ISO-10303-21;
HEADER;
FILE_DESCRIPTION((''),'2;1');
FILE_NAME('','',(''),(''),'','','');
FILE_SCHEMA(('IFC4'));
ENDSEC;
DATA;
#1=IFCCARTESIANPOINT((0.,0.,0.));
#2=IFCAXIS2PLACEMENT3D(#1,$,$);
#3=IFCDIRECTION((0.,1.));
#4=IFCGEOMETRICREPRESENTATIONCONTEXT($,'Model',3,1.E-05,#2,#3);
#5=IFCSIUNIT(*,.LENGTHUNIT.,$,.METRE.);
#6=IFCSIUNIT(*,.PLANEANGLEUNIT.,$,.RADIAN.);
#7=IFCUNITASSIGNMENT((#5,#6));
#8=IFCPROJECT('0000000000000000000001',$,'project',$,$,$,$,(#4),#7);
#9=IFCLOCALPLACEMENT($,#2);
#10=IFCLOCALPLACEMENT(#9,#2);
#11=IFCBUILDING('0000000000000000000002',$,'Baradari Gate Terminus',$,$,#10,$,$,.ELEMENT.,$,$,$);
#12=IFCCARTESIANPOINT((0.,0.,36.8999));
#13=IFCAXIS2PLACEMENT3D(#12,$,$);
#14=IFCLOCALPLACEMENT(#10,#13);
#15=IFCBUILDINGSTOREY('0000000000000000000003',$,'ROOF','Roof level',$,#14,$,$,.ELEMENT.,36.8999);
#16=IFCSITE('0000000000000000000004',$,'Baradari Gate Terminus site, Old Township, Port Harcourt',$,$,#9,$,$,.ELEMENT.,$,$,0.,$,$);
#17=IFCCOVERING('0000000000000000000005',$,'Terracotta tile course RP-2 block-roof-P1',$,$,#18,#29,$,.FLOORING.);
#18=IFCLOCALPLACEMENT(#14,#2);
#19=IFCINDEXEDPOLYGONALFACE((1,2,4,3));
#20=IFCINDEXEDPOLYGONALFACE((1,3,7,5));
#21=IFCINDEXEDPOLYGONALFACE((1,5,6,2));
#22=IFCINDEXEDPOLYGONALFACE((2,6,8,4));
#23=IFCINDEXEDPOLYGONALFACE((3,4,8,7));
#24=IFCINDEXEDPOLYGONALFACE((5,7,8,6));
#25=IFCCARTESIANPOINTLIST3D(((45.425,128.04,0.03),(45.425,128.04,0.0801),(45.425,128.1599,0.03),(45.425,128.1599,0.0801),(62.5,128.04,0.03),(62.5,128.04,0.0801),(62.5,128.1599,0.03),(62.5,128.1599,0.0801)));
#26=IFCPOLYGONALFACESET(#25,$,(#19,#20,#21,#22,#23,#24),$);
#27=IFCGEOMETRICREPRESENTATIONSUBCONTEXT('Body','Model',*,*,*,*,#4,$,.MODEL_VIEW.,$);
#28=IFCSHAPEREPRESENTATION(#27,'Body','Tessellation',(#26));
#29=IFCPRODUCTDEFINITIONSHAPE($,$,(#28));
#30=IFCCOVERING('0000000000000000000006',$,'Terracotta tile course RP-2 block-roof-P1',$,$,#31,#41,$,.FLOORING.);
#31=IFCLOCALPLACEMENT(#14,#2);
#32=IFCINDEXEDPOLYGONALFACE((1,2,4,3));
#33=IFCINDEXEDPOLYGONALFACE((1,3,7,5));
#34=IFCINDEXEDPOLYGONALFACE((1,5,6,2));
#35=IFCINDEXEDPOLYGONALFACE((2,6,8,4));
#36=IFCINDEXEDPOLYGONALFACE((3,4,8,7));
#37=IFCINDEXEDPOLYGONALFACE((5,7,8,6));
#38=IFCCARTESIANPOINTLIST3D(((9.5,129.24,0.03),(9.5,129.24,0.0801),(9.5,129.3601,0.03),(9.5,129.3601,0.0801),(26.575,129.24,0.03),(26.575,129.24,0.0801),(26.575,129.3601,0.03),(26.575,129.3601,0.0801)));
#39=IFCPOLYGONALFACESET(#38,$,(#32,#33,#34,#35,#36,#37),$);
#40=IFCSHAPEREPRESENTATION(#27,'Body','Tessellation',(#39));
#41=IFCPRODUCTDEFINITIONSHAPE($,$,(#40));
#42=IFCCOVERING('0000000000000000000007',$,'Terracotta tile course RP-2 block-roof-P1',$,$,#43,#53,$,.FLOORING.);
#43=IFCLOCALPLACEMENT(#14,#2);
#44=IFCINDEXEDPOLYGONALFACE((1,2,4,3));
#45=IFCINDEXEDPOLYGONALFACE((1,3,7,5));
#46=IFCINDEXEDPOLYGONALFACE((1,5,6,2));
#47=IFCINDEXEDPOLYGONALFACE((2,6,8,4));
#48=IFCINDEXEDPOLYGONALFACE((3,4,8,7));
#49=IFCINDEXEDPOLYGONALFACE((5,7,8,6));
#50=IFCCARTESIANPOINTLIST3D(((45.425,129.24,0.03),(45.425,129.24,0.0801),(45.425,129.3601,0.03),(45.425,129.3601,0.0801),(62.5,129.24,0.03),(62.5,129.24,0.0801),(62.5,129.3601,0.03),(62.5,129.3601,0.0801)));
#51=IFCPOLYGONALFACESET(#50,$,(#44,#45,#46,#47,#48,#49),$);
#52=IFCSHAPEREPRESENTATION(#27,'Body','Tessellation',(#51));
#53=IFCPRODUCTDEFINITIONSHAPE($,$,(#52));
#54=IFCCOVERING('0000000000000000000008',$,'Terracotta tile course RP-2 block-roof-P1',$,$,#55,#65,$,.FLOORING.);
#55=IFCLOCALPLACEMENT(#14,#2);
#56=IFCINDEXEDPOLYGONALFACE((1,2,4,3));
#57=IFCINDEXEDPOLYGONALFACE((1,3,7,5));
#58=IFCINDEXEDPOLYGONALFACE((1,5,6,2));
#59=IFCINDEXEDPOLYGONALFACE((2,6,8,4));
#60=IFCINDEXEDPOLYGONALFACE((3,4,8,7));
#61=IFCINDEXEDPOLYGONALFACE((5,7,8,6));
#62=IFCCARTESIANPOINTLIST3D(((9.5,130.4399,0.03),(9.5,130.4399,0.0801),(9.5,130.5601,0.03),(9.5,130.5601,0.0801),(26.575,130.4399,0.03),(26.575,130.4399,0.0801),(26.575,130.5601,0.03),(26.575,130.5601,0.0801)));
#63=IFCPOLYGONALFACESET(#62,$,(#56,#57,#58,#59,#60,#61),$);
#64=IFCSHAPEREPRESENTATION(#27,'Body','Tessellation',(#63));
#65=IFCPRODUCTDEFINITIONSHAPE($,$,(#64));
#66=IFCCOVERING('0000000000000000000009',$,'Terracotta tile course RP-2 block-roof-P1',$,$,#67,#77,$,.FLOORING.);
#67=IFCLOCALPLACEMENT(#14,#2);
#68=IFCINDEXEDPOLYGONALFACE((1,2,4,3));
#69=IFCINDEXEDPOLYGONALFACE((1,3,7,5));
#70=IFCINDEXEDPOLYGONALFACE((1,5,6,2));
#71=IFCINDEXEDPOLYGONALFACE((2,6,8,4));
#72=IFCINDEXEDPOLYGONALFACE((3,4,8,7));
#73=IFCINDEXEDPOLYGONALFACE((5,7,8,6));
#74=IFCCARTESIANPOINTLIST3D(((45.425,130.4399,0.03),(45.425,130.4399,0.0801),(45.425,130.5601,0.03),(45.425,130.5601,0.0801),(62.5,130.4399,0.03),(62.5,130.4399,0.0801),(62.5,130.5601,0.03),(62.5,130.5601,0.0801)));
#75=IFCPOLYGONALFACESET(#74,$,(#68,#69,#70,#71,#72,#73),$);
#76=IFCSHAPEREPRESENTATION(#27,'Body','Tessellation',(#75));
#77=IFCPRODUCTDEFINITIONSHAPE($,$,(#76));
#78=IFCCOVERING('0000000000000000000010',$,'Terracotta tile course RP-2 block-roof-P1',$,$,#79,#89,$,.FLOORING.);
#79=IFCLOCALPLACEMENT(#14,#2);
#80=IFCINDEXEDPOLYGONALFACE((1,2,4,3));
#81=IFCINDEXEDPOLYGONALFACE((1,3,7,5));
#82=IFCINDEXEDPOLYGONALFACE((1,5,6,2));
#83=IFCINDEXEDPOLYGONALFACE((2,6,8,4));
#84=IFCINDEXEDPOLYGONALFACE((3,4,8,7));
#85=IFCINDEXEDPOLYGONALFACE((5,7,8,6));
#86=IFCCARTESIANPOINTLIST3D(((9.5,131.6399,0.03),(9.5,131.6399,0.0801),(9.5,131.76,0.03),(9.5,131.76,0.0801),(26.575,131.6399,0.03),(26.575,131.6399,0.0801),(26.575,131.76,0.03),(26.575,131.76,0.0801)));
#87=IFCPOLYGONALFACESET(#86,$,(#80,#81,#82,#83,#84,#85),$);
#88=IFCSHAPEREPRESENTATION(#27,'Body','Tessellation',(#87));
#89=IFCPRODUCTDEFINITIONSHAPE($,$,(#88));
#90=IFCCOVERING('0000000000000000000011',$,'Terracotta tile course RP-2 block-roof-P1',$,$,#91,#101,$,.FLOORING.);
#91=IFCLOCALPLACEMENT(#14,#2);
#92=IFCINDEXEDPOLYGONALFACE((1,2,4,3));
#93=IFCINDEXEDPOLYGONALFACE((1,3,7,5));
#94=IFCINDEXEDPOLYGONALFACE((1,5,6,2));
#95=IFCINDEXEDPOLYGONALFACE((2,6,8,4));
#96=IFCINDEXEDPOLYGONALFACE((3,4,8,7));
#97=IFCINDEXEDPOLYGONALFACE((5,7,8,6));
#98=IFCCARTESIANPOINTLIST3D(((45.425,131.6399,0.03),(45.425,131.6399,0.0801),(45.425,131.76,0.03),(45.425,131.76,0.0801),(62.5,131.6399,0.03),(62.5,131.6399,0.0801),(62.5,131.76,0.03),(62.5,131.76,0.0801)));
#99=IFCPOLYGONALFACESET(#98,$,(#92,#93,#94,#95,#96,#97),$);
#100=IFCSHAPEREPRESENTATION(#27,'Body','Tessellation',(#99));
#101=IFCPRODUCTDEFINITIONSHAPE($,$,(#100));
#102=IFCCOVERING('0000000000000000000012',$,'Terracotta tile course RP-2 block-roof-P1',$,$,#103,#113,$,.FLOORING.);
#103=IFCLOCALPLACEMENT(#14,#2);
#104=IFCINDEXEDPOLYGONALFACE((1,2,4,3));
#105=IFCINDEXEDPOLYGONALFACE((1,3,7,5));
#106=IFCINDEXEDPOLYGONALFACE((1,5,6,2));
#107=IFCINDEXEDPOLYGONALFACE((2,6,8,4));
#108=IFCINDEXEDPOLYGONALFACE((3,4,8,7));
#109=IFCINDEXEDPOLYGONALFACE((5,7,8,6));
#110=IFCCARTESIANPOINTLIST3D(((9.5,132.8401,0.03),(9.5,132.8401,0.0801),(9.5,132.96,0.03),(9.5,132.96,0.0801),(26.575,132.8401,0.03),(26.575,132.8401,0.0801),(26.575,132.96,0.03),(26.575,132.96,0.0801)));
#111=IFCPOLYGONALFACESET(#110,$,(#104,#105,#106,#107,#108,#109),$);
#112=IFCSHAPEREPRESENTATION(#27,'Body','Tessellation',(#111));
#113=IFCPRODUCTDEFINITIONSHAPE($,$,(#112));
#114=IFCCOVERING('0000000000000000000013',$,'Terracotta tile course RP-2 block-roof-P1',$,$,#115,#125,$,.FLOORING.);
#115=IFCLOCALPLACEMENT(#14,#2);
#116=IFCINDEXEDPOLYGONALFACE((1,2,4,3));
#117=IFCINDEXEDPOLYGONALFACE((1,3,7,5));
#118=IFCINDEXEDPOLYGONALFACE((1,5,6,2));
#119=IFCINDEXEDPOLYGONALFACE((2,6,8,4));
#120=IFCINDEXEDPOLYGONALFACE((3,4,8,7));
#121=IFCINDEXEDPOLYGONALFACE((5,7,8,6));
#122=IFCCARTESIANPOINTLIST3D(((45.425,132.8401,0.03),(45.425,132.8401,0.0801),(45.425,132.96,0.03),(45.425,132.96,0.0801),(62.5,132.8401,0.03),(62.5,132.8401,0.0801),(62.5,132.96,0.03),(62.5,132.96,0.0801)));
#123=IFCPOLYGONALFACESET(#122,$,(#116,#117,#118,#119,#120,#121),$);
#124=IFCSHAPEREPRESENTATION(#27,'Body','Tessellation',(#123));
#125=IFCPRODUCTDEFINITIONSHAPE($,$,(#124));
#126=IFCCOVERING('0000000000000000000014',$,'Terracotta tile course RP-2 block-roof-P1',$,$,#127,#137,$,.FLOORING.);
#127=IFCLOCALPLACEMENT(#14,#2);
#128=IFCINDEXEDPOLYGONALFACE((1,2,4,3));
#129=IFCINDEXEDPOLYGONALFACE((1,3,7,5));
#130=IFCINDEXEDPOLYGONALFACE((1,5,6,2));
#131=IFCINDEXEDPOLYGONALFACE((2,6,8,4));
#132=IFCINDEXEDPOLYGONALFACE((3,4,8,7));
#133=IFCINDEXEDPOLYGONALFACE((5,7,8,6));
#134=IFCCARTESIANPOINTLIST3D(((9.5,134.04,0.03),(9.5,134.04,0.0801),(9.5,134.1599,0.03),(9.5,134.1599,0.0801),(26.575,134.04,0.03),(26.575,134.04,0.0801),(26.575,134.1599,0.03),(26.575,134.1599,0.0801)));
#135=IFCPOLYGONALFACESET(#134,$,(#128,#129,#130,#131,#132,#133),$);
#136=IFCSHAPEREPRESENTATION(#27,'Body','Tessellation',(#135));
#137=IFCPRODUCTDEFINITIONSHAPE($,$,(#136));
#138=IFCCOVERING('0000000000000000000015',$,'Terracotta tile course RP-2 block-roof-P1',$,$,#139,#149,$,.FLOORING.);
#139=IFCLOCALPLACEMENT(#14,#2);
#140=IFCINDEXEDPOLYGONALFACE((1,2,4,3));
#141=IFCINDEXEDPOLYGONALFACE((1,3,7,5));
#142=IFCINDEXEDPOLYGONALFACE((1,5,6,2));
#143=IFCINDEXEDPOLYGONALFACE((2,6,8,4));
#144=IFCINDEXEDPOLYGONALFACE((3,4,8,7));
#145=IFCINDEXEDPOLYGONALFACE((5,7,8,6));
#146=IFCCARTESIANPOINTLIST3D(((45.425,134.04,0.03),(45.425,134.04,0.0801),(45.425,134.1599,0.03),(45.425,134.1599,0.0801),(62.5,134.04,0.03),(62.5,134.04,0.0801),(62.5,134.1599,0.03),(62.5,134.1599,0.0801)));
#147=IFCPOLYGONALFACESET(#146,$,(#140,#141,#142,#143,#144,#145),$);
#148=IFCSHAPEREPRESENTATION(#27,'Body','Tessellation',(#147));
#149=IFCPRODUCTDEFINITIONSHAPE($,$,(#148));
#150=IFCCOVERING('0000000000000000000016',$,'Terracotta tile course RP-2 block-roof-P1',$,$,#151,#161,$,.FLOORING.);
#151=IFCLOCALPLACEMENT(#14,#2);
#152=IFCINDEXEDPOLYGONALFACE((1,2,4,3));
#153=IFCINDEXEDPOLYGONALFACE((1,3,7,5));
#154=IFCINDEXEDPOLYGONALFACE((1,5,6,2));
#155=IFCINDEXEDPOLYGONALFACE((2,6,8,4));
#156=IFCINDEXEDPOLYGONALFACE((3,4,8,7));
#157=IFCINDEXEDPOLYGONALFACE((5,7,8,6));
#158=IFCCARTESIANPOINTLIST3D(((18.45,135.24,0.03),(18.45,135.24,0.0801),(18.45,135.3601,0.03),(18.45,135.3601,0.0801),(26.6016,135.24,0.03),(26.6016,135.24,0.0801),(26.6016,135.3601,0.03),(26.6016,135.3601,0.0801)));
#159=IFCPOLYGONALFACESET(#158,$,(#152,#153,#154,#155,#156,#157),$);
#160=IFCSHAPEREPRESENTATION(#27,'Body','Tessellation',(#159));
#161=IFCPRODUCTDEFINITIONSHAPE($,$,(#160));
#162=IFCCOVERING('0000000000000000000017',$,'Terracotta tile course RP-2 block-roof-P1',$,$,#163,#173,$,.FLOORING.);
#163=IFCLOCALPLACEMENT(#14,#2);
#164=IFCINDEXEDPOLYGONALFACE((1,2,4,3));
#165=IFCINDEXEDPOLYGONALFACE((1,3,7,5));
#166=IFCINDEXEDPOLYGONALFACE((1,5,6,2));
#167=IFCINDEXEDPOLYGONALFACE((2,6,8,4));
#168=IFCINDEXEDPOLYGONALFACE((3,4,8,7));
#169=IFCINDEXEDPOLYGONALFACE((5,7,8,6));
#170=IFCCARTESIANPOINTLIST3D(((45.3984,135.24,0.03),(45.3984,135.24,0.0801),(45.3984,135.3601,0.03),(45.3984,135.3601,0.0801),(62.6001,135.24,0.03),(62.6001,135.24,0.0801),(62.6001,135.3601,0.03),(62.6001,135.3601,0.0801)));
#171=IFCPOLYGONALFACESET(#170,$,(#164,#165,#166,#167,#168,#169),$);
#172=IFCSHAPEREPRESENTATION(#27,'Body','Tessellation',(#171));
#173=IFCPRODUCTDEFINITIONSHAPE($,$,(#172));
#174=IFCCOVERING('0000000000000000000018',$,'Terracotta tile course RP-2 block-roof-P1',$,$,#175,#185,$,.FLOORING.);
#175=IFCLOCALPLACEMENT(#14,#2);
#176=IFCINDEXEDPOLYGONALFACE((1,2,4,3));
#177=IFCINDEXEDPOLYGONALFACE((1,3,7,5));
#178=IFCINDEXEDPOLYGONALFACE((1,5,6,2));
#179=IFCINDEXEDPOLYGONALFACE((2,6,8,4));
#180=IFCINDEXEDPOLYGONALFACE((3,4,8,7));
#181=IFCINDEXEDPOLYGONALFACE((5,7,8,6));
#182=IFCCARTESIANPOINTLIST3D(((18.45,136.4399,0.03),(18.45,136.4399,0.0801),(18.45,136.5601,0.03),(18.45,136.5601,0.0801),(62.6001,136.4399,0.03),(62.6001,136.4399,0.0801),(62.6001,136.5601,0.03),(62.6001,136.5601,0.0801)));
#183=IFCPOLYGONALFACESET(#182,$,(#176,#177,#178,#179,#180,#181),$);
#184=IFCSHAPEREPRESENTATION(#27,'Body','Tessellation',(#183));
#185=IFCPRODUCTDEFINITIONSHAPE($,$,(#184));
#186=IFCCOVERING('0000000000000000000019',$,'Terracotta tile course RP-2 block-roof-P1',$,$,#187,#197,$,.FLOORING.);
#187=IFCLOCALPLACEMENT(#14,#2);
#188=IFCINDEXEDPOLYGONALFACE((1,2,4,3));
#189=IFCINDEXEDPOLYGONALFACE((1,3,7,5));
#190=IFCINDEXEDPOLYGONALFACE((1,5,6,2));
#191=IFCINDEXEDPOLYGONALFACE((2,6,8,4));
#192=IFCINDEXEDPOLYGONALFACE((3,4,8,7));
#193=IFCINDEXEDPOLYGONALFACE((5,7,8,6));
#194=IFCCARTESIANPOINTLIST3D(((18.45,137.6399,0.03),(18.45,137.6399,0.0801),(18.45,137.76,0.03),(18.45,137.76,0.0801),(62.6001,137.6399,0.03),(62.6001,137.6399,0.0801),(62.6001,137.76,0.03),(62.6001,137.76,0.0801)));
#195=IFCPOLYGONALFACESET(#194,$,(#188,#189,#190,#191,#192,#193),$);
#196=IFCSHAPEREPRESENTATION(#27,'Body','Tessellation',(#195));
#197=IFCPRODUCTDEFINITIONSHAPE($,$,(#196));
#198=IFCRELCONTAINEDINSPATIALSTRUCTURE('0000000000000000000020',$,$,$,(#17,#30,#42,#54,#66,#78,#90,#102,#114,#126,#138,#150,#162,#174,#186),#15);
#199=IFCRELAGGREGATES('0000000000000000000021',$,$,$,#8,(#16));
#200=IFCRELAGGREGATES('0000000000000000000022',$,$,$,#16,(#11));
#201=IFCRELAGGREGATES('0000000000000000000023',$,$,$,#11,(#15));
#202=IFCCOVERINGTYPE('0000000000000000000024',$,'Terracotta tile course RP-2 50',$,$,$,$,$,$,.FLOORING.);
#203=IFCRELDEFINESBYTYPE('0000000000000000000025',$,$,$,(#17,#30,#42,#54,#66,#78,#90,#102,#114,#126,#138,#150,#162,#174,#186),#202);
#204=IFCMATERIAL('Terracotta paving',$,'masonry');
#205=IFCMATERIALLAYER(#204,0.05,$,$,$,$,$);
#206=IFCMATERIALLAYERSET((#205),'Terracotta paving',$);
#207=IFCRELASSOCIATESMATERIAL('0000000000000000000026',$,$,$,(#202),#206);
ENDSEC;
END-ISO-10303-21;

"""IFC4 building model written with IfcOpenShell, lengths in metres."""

from ifc_helpers import new_model, si_unit, direction, frame, origin, place, context, subcontext, project, spatial, polyline, outline, extrude, material, layer, layer_set, type_object, element, save


model = new_model("IFC4")

# Units and contexts
model_context = context("Model", 3, precision=1e-05, world=origin(), true_north=direction((0.0, 1.0)))
body_context = subcontext(model_context, "Body", "Model", "MODEL_VIEW")
ifc_project = project(units=[si_unit("LENGTHUNIT", "METRE"), si_unit("PLANEANGLEUNIT", "RADIAN")], contexts=[model_context])

# Site, building, storey
site_placement = place(None, origin())
site = spatial("IfcSite", under=ifc_project, at=site_placement, Name="Baradari Gate Terminus site, Old Township, Port Harcourt", CompositionType="ELEMENT", RefElevation=0.0)
building_placement = place(site_placement, origin())
building = spatial("IfcBuilding", under=site, at=building_placement, Name="Baradari Gate Terminus", CompositionType="ELEMENT")
storey_placement = place(building_placement, frame((0.0, 0.0, 36.8999)))
storey = spatial("IfcBuildingStorey", under=building, at=storey_placement, Name="ROOF", Description="Roof level", CompositionType="ELEMENT", Elevation=36.8999)

# Coverings
ifc_material_1 = material(Name="Terracotta paving", Category="masonry")
ifc_layer_1 = layer(ifc_material_1, 0.05)
ifc_layer_set_1 = layer_set([ifc_layer_1], Name="Terracotta paving")
covering_type_1 = type_object("IfcCoveringType", Name="Terracotta tile course RP-2 50", PredefinedType="FLOORING", material=ifc_layer_set_1)
covering_1_placement = place(storey_placement, frame((0.0, 0.0, 0.03)))
element("IfcCovering", 1, at=covering_1_placement, inside=storey, type_object=covering_type_1, Name="Terracotta tile course RP-2 block-roof-P1", PredefinedType="FLOORING", context=body_context, shape_type="SweptSolid", body=[
    extrude(outline(polyline([(62.5, 128.04), (62.5, 128.1599), (45.425, 128.1599), (45.425, 128.04), (62.5, 128.04)])), origin(), (0.0, 0.0, 1.0), 0.05),
])
covering_2_placement = place(storey_placement, frame((0.0, 0.0, 0.03)))
element("IfcCovering", 2, at=covering_2_placement, inside=storey, type_object=covering_type_1, Name="Terracotta tile course RP-2 block-roof-P1", PredefinedType="FLOORING", context=body_context, shape_type="SweptSolid", body=[
    extrude(outline(polyline([(26.575, 129.24), (26.575, 129.3601), (9.5, 129.3601), (9.5, 129.24), (26.575, 129.24)])), origin(), (0.0, 0.0, 1.0), 0.05),
])
covering_3_placement = place(storey_placement, frame((0.0, 0.0, 0.03)))
element("IfcCovering", 3, at=covering_3_placement, inside=storey, type_object=covering_type_1, Name="Terracotta tile course RP-2 block-roof-P1", PredefinedType="FLOORING", context=body_context, shape_type="SweptSolid", body=[
    extrude(outline(polyline([(62.5, 129.24), (62.5, 129.3601), (45.425, 129.3601), (45.425, 129.24), (62.5, 129.24)])), origin(), (0.0, 0.0, 1.0), 0.05),
])
covering_4_placement = place(storey_placement, frame((0.0, 0.0, 0.03)))
element("IfcCovering", 4, at=covering_4_placement, inside=storey, type_object=covering_type_1, Name="Terracotta tile course RP-2 block-roof-P1", PredefinedType="FLOORING", context=body_context, shape_type="SweptSolid", body=[
    extrude(outline(polyline([(26.575, 130.4399), (26.575, 130.5601), (9.5, 130.5601), (9.5, 130.4399), (26.575, 130.4399)])), origin(), (0.0, 0.0, 1.0), 0.05),
])
covering_5_placement = place(storey_placement, frame((0.0, 0.0, 0.03)))
element("IfcCovering", 5, at=covering_5_placement, inside=storey, type_object=covering_type_1, Name="Terracotta tile course RP-2 block-roof-P1", PredefinedType="FLOORING", context=body_context, shape_type="SweptSolid", body=[
    extrude(outline(polyline([(62.5, 130.4399), (62.5, 130.5601), (45.425, 130.5601), (45.425, 130.4399), (62.5, 130.4399)])), origin(), (0.0, 0.0, 1.0), 0.05),
])
covering_6_placement = place(storey_placement, frame((0.0, 0.0, 0.03)))
element("IfcCovering", 6, at=covering_6_placement, inside=storey, type_object=covering_type_1, Name="Terracotta tile course RP-2 block-roof-P1", PredefinedType="FLOORING", context=body_context, shape_type="SweptSolid", body=[
    extrude(outline(polyline([(26.575, 131.6399), (26.575, 131.76), (9.5, 131.76), (9.5, 131.6399), (26.575, 131.6399)])), origin(), (0.0, 0.0, 1.0), 0.05),
])
covering_7_placement = place(storey_placement, frame((0.0, 0.0, 0.03)))
element("IfcCovering", 7, at=covering_7_placement, inside=storey, type_object=covering_type_1, Name="Terracotta tile course RP-2 block-roof-P1", PredefinedType="FLOORING", context=body_context, shape_type="SweptSolid", body=[
    extrude(outline(polyline([(62.5, 131.6399), (62.5, 131.76), (45.425, 131.76), (45.425, 131.6399), (62.5, 131.6399)])), origin(), (0.0, 0.0, 1.0), 0.05),
])
covering_8_placement = place(storey_placement, frame((0.0, 0.0, 0.03)))
element("IfcCovering", 8, at=covering_8_placement, inside=storey, type_object=covering_type_1, Name="Terracotta tile course RP-2 block-roof-P1", PredefinedType="FLOORING", context=body_context, shape_type="SweptSolid", body=[
    extrude(outline(polyline([(26.575, 132.8401), (26.575, 132.96), (9.5, 132.96), (9.5, 132.8401), (26.575, 132.8401)])), origin(), (0.0, 0.0, 1.0), 0.05),
])
covering_9_placement = place(storey_placement, frame((0.0, 0.0, 0.03)))
element("IfcCovering", 9, at=covering_9_placement, inside=storey, type_object=covering_type_1, Name="Terracotta tile course RP-2 block-roof-P1", PredefinedType="FLOORING", context=body_context, shape_type="SweptSolid", body=[
    extrude(outline(polyline([(62.5, 132.8401), (62.5, 132.96), (45.425, 132.96), (45.425, 132.8401), (62.5, 132.8401)])), origin(), (0.0, 0.0, 1.0), 0.05),
])
covering_10_placement = place(storey_placement, frame((0.0, 0.0, 0.03)))
element("IfcCovering", 10, at=covering_10_placement, inside=storey, type_object=covering_type_1, Name="Terracotta tile course RP-2 block-roof-P1", PredefinedType="FLOORING", context=body_context, shape_type="SweptSolid", body=[
    extrude(outline(polyline([(26.575, 134.04), (26.575, 134.1599), (9.5, 134.1599), (9.5, 134.04), (26.575, 134.04)])), origin(), (0.0, 0.0, 1.0), 0.05),
])
covering_11_placement = place(storey_placement, frame((0.0, 0.0, 0.03)))
element("IfcCovering", 11, at=covering_11_placement, inside=storey, type_object=covering_type_1, Name="Terracotta tile course RP-2 block-roof-P1", PredefinedType="FLOORING", context=body_context, shape_type="SweptSolid", body=[
    extrude(outline(polyline([(62.5, 134.04), (62.5, 134.1599), (45.425, 134.1599), (45.425, 134.04), (62.5, 134.04)])), origin(), (0.0, 0.0, 1.0), 0.05),
])
covering_12_placement = place(storey_placement, frame((0.0, 0.0, 0.03)))
element("IfcCovering", 12, at=covering_12_placement, inside=storey, type_object=covering_type_1, Name="Terracotta tile course RP-2 block-roof-P1", PredefinedType="FLOORING", context=body_context, shape_type="SweptSolid", body=[
    extrude(outline(polyline([(26.6016, 135.24), (26.6016, 135.3601), (18.45, 135.3601), (18.45, 135.24), (26.6016, 135.24)])), origin(), (0.0, 0.0, 1.0), 0.05),
])
covering_13_placement = place(storey_placement, frame((0.0, 0.0, 0.03)))
element("IfcCovering", 13, at=covering_13_placement, inside=storey, type_object=covering_type_1, Name="Terracotta tile course RP-2 block-roof-P1", PredefinedType="FLOORING", context=body_context, shape_type="SweptSolid", body=[
    extrude(outline(polyline([(62.6001, 135.24), (62.6001, 135.3601), (45.3984, 135.3601), (45.3984, 135.24), (62.6001, 135.24)])), origin(), (0.0, 0.0, 1.0), 0.05),
])
covering_14_placement = place(storey_placement, frame((0.0, 0.0, 0.03)))
element("IfcCovering", 14, at=covering_14_placement, inside=storey, type_object=covering_type_1, Name="Terracotta tile course RP-2 block-roof-P1", PredefinedType="FLOORING", context=body_context, shape_type="SweptSolid", body=[
    extrude(outline(polyline([(62.6001, 136.4399), (62.6001, 136.5601), (18.45, 136.5601), (18.45, 136.4399), (62.6001, 136.4399)])), origin(), (0.0, 0.0, 1.0), 0.05),
])
covering_15_placement = place(storey_placement, frame((0.0, 0.0, 0.03)))
element("IfcCovering", 15, at=covering_15_placement, inside=storey, type_object=covering_type_1, Name="Terracotta tile course RP-2 block-roof-P1", PredefinedType="FLOORING", context=body_context, shape_type="SweptSolid", body=[
    extrude(outline(polyline([(62.6001, 137.6399), (62.6001, 137.76), (18.45, 137.76), (18.45, 137.6399), (62.6001, 137.6399)])), origin(), (0.0, 0.0, 1.0), 0.05),
])

save(model, "model.ifc")
